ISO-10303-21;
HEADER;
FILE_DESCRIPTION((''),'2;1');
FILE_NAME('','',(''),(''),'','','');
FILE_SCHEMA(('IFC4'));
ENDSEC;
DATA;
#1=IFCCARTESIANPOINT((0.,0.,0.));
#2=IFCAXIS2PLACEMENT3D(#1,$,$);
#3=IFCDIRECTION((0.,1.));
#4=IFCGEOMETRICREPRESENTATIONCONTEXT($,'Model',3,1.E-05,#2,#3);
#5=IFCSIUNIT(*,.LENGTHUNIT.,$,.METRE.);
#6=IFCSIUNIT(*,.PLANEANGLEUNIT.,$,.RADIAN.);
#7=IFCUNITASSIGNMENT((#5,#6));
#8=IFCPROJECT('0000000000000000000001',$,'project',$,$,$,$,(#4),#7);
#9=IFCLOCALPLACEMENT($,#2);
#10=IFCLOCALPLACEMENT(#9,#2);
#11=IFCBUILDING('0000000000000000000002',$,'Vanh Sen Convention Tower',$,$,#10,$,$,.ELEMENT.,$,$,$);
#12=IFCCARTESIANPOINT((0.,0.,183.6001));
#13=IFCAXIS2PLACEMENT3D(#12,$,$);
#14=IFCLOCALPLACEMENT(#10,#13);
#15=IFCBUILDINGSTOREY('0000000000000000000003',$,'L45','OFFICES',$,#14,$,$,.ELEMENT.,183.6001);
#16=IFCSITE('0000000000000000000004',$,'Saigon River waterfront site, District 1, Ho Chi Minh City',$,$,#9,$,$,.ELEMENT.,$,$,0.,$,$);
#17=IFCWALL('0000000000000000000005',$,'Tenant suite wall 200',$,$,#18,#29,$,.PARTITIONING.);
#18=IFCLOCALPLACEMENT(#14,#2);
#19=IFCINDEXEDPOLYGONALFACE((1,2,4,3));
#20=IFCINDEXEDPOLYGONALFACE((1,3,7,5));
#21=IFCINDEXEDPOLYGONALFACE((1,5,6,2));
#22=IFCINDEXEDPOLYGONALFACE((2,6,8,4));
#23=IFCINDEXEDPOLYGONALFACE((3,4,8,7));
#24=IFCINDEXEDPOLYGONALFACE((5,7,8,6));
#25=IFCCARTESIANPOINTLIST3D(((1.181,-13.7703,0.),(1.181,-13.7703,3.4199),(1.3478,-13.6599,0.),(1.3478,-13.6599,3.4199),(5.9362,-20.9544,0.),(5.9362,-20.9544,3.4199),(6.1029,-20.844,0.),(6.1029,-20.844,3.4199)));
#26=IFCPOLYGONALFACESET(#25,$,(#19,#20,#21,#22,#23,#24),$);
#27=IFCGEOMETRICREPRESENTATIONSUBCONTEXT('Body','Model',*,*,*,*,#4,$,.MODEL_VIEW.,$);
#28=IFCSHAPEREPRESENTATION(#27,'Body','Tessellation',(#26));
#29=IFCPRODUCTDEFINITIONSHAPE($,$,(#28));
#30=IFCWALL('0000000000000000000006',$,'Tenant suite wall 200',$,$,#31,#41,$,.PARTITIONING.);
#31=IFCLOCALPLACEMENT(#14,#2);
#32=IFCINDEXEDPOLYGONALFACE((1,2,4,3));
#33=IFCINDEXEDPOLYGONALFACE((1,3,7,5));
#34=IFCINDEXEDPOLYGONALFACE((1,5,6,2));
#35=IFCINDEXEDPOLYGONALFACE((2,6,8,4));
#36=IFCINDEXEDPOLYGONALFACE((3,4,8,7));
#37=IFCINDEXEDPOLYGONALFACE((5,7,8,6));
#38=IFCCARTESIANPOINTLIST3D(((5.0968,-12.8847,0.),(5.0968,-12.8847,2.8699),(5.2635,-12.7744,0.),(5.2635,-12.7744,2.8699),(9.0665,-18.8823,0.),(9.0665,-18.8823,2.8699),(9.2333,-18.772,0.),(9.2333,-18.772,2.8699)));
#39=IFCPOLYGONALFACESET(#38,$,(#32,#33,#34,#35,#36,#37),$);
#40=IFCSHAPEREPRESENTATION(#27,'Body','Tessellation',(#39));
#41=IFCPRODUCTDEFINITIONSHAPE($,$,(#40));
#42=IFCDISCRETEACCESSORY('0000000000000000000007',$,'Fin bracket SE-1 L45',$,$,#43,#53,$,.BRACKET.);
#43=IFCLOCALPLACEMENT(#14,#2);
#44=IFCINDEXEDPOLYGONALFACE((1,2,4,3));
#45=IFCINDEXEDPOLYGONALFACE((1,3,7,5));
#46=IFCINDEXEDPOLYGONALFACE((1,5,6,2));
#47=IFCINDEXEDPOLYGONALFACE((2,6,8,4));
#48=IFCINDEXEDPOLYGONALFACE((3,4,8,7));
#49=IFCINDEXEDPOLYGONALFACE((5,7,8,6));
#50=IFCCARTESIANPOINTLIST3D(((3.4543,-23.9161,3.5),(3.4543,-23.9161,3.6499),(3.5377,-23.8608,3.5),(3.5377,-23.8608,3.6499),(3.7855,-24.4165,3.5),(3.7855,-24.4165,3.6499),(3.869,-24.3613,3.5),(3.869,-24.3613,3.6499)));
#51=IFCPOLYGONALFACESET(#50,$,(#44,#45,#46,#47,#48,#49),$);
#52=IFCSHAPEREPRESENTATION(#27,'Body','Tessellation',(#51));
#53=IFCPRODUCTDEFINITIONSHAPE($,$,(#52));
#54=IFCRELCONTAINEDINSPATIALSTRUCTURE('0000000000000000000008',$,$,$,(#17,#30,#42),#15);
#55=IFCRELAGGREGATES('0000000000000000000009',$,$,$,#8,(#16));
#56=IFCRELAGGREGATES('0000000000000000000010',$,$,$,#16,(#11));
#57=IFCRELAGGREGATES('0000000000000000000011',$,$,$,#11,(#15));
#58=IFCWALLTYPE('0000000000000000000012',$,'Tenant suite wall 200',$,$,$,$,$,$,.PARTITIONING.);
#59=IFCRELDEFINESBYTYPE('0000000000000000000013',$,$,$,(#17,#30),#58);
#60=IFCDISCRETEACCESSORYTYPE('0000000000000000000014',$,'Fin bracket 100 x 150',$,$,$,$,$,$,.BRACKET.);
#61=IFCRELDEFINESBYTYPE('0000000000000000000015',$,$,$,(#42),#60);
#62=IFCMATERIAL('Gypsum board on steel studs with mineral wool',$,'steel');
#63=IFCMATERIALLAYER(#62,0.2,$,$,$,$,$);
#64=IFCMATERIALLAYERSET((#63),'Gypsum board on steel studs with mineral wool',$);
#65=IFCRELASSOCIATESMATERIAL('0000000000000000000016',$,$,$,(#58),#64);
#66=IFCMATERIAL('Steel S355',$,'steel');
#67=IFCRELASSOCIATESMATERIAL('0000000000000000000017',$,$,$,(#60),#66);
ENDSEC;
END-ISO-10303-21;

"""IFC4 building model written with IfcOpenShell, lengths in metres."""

from ifc_helpers import new_model, si_unit, direction, frame, frame_2d, origin, origin_2d, place, context, subcontext, project, spatial, rectangle, extrude, material, layer, layer_set, type_object, element, save


model = new_model("IFC4")

# Units and contexts
model_context = context("Model", 3, precision=1e-05, world=origin(), true_north=direction((0.0, 1.0)))
body_context = subcontext(model_context, "Body", "Model", "MODEL_VIEW")
ifc_project = project(units=[si_unit("LENGTHUNIT", "METRE"), si_unit("PLANEANGLEUNIT", "RADIAN")], contexts=[model_context])

# Site, building, storey
site_placement = place(None, origin())
site = spatial("IfcSite", under=ifc_project, at=site_placement, Name="Saigon River waterfront site, District 1, Ho Chi Minh City", CompositionType="ELEMENT", RefElevation=0.0)
building_placement = place(site_placement, origin())
building = spatial("IfcBuilding", under=site, at=building_placement, Name="Vanh Sen Convention Tower", CompositionType="ELEMENT")
storey_placement = place(building_placement, frame((0.0, 0.0, 183.6001)))
storey = spatial("IfcBuildingStorey", under=building, at=storey_placement, Name="L45", Description="OFFICES", CompositionType="ELEMENT", Elevation=183.6001)

# Shared definitions
ifc_material_1 = material(Name="Gypsum board on steel studs with mineral wool", Category="steel")

# Walls
ifc_layer_1 = layer(ifc_material_1, 0.2)
ifc_layer_set_1 = layer_set([ifc_layer_1], Name="Gypsum board on steel studs with mineral wool")
wall_type_1 = type_object("IfcWallType", Name="Tenant suite wall 200", PredefinedType="PARTITIONING", material=ifc_layer_set_1)
wall_1_placement = place(storey_placement, frame((6.0195, -20.8992, 0.0), z_axis=(0.0, 0.0, 1.0), x_axis=(-0.551944, 0.833881, 0.0)))
element("IfcWall", 1, at=wall_1_placement, inside=storey, type_object=wall_type_1, Name="Tenant suite wall 200", PredefinedType="PARTITIONING", context=body_context, shape_type="SweptSolid", body=[
    extrude(rectangle(XDim=8.6152, YDim=0.2, at=frame_2d((4.3076, 0.0))), origin(), (0.0, 0.0, 1.0), 3.4199),
])
wall_2_placement = place(storey_placement, frame((9.1499, -18.8271, 0.0), z_axis=(0.0, 0.0, 1.0), x_axis=(-0.55194, 0.833884, 0.0)))
element("IfcWall", 2, at=wall_2_placement, inside=storey, type_object=wall_type_1, Name="Tenant suite wall 200", PredefinedType="PARTITIONING", context=body_context, shape_type="SweptSolid", body=[
    extrude(rectangle(XDim=7.1924, YDim=0.2, at=frame_2d((3.5962, 0.0))), origin(), (0.0, 0.0, 1.0), 2.8699),
])

# Discrete accessory
ifc_material_2 = material(Name="Steel S355", Category="steel")
discrete_accessory_type = type_object("IfcDiscreteAccessoryType", Name="Fin bracket 100 x 150", PredefinedType="BRACKET", material=ifc_material_2)
discrete_accessory_placement = place(storey_placement, frame((3.6616, -24.1387, 3.5), z_axis=(0.0, 0.0, 1.0), x_axis=(0.551937, -0.833886, 0.0)))
element("IfcDiscreteAccessory", 3, at=discrete_accessory_placement, inside=storey, type_object=discrete_accessory_type, Name="Fin bracket SE-1 L45", PredefinedType="BRACKET", context=body_context, shape_type="SweptSolid", body=[
    extrude(rectangle(XDim=0.6001, YDim=0.1001, at=origin_2d()), origin(), (0.0, 0.0, 1.0), 0.1499),
])

save(model, "model.ifc")
